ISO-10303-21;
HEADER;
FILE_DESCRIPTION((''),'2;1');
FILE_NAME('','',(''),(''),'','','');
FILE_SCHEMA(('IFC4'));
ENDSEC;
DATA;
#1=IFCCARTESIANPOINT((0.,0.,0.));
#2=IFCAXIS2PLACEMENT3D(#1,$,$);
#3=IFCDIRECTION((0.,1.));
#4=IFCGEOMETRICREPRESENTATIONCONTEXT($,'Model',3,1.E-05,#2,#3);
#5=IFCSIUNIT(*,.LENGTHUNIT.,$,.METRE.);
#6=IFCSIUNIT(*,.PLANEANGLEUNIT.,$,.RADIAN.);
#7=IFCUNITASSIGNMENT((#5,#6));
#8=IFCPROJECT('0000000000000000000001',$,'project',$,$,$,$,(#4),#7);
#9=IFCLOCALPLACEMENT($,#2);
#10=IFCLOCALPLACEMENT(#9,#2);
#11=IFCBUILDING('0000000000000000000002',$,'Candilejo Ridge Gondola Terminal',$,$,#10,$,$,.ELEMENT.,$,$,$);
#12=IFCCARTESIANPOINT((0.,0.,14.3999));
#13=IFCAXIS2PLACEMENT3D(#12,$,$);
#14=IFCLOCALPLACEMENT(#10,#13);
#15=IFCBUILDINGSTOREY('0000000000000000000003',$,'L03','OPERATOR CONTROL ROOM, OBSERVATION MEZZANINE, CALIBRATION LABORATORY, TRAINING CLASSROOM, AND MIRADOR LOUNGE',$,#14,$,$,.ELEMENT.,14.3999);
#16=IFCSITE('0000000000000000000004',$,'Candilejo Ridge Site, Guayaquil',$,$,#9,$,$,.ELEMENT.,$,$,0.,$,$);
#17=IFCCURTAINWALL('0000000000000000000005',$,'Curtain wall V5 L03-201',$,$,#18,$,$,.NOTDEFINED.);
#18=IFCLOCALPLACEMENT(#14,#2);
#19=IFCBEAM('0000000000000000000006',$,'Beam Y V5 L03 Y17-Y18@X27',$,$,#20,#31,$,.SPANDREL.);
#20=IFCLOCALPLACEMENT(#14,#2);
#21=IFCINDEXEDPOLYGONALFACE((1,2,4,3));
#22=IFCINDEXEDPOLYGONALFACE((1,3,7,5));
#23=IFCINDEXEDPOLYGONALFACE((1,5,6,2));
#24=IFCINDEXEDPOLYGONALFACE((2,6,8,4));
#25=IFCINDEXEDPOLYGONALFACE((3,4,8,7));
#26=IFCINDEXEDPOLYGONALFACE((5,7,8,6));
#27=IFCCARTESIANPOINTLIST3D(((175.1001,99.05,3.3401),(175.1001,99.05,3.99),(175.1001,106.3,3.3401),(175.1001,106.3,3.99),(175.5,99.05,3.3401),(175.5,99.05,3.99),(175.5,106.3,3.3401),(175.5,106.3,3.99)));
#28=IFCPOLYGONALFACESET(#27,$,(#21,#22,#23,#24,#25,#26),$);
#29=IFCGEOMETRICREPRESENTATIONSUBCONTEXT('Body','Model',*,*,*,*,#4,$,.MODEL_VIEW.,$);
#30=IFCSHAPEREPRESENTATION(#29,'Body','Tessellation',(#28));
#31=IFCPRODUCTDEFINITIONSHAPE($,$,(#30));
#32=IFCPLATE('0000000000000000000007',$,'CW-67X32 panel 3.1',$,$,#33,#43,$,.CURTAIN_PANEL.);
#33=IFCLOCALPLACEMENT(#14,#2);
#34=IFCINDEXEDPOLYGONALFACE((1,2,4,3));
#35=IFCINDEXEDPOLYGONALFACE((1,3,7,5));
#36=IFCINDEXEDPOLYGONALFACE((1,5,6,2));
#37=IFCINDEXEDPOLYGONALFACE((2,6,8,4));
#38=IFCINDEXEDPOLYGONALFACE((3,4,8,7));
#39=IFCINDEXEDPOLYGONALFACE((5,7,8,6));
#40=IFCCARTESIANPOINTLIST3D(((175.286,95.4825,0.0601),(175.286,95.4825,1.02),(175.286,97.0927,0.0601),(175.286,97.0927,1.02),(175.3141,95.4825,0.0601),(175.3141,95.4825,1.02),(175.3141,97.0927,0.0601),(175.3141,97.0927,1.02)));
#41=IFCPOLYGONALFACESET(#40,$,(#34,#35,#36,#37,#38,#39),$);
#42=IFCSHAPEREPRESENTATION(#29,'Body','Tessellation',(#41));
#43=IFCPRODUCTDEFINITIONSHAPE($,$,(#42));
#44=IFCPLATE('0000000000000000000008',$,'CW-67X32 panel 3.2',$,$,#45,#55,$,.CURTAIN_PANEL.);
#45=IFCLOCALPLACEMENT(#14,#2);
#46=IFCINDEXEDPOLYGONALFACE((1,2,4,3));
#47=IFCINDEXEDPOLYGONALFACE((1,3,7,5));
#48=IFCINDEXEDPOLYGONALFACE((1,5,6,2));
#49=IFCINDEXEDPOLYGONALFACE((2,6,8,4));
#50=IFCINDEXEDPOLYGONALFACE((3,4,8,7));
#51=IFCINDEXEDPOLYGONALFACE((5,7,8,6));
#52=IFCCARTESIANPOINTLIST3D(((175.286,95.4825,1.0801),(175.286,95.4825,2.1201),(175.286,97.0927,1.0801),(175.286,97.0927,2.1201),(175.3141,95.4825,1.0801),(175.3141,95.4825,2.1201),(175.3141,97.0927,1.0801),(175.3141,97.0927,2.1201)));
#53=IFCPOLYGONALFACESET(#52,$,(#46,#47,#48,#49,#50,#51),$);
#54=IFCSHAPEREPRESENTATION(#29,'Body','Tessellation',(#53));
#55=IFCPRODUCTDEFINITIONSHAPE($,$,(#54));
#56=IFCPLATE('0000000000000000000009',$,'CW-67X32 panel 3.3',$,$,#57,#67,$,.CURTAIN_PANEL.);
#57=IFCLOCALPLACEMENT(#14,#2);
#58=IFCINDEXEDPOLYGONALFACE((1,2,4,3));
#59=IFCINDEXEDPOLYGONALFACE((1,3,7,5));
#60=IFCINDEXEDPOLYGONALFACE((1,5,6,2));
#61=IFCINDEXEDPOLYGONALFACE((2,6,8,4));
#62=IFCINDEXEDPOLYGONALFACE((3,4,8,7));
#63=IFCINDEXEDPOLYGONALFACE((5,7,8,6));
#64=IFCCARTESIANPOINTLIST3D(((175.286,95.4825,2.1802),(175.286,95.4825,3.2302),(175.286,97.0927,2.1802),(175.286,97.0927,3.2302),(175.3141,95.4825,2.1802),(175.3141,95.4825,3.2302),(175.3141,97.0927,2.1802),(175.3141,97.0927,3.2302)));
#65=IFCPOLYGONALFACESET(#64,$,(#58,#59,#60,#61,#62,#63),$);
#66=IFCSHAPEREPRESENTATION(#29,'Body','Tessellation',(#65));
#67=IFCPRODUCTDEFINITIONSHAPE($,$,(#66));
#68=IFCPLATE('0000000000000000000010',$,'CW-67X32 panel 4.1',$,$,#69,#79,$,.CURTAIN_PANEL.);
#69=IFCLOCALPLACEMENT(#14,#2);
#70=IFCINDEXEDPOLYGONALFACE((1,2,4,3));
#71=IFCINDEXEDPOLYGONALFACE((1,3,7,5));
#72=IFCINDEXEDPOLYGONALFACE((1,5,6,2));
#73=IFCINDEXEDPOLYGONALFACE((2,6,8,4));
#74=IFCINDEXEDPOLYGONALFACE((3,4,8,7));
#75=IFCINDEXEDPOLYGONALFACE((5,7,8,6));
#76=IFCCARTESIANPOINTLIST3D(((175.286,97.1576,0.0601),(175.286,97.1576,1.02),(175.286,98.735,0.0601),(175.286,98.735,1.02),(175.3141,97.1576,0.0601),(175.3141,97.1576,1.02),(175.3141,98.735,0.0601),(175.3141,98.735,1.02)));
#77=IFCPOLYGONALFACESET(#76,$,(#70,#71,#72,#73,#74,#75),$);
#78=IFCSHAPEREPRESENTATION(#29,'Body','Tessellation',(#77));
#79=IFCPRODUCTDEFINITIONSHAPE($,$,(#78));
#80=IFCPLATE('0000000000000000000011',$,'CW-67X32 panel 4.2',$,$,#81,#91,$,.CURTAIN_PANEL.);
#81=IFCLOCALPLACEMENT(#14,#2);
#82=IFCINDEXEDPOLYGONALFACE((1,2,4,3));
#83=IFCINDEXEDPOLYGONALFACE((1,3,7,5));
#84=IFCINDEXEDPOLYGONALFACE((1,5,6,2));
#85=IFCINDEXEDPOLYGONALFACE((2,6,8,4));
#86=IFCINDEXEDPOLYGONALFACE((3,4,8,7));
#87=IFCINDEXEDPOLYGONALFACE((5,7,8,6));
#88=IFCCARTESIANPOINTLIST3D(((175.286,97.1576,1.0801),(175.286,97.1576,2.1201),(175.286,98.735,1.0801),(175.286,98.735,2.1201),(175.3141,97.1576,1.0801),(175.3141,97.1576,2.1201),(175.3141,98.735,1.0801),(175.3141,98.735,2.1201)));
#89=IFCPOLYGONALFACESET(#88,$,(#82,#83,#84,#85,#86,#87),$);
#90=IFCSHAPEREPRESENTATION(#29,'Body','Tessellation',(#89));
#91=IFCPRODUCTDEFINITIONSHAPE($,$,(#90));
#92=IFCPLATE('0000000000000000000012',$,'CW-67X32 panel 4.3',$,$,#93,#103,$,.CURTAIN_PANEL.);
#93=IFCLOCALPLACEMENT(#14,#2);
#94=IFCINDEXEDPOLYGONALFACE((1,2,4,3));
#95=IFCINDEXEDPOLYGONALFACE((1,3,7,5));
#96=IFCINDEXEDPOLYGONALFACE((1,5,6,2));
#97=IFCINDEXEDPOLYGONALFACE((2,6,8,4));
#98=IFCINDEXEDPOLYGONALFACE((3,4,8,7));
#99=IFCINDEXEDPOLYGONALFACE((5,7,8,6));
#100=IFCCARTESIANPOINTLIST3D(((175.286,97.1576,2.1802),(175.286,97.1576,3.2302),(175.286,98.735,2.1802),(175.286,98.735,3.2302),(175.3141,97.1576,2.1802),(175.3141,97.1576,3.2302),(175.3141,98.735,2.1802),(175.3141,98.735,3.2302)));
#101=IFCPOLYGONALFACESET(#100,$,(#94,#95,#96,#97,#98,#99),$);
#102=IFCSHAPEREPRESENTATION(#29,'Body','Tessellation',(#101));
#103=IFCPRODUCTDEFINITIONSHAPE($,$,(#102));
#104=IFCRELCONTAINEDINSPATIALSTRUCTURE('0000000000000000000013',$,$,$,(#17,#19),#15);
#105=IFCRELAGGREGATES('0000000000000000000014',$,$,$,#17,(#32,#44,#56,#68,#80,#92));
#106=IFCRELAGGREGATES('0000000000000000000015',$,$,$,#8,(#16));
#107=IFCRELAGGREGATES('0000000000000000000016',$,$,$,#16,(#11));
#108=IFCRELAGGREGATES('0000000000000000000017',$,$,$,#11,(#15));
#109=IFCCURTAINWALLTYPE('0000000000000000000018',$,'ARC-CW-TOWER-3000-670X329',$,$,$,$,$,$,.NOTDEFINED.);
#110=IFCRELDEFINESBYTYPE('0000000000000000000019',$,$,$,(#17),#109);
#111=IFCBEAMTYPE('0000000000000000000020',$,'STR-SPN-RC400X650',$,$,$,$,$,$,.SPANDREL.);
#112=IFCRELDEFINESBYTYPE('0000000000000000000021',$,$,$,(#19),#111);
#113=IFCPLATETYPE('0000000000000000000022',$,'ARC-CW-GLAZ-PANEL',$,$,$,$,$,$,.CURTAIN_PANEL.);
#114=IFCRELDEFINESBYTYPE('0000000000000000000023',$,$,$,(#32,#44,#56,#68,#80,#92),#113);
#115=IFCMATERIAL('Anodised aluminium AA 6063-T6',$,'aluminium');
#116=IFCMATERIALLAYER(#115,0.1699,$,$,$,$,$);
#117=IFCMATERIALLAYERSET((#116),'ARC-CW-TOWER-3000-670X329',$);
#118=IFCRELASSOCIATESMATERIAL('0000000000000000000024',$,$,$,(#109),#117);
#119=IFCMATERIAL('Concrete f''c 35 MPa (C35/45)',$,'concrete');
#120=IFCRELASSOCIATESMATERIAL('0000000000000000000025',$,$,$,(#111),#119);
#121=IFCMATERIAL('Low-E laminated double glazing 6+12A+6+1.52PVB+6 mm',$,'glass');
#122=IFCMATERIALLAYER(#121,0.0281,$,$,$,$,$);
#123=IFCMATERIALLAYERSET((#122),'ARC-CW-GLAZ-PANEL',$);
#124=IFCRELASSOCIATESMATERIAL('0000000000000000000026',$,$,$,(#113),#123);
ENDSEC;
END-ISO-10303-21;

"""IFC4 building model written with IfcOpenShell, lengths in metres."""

from ifc_helpers import new_model, si_unit, direction, frame, origin, origin_2d, place, context, subcontext, project, spatial, rectangle, extrude, material, layer, layer_set, material_profile, profile_set, type_object, element, aggregate, save


model = new_model("IFC4")

# Units and contexts
model_context = context("Model", 3, precision=1e-05, world=origin(), true_north=direction((0.0, 1.0)))
body_context = subcontext(model_context, "Body", "Model", "MODEL_VIEW")
ifc_project = project(units=[si_unit("LENGTHUNIT", "METRE"), si_unit("PLANEANGLEUNIT", "RADIAN")], contexts=[model_context])

# Site, building, storey
site_placement = place(None, origin())
site = spatial("IfcSite", under=ifc_project, at=site_placement, Name="Candilejo Ridge Site, Guayaquil", CompositionType="ELEMENT", RefElevation=0.0)
building_placement = place(site_placement, origin())
building = spatial("IfcBuilding", under=site, at=building_placement, Name="Candilejo Ridge Gondola Terminal", CompositionType="ELEMENT")
storey_placement = place(building_placement, frame((0.0, 0.0, 14.3999)))
storey = spatial("IfcBuildingStorey", under=building, at=storey_placement, Name="L03", Description="OPERATOR CONTROL ROOM, OBSERVATION MEZZANINE, CALIBRATION LABORATORY, TRAINING CLASSROOM, AND MIRADOR LOUNGE", CompositionType="ELEMENT", Elevation=14.3999)

# Curtain wall
ifc_material_1 = material(Name="Anodised aluminium AA 6063-T6", Category="aluminium")
ifc_layer_1 = layer(ifc_material_1, 0.1699)
ifc_layer_set_1 = layer_set([ifc_layer_1], Name="ARC-CW-TOWER-3000-670X329")
curtain_wall_type_1 = type_object("IfcCurtainWallType", Name="ARC-CW-TOWER-3000-670X329", PredefinedType="NOTDEFINED", material=ifc_layer_set_1)
curtain_wall_1_placement = place(storey_placement, origin())
curtain_wall_1 = element("IfcCurtainWall", 1, at=curtain_wall_1_placement, inside=storey, type_object=curtain_wall_type_1, Name="Curtain wall V5 L03-201", PredefinedType="NOTDEFINED")

# Beam
ifc_material_2 = material(Name="Concrete f'c 35 MPa (C35/45)", Category="concrete")
ifc_material_profile_1 = material_profile(ifc_material_2, rectangle(XDim=0.3999, YDim=0.6499, at=origin_2d()))
ifc_profile_set_1 = profile_set([ifc_material_profile_1], Name="Concrete f'c 35 MPa (C35/45)")
beam_type = type_object("IfcBeamType", Name="STR-SPN-RC400X650", PredefinedType="SPANDREL", material=ifc_profile_set_1)
beam_placement = place(storey_placement, frame((175.3, 99.05, 3.665), z_axis=(0.0, 1.0, 0.0), x_axis=(-1.0, 0.0, 0.0)))
element("IfcBeam", 2, at=beam_placement, inside=storey, type_object=beam_type, Name="Beam Y V5 L03 Y17-Y18@X27", PredefinedType="SPANDREL", context=body_context, shape_type="SweptSolid", body=[
    extrude(rectangle(XDim=0.3999, YDim=0.6499, at=origin_2d()), origin(), (0.0, 0.0, 1.0), 7.25),
])

# Plates
ifc_material_3 = material(Name="Low-E laminated double glazing 6+12A+6+1.52PVB+6 mm", Category="glass")
ifc_layer_2 = layer(ifc_material_3, 0.0281)
ifc_layer_set_2 = layer_set([ifc_layer_2], Name="ARC-CW-GLAZ-PANEL")
plate_type = type_object("IfcPlateType", Name="ARC-CW-GLAZ-PANEL", PredefinedType="CURTAIN_PANEL", material=ifc_layer_set_2)
plate_1_placement = place(storey_placement, frame((175.3, 96.2876, 0.0601), z_axis=(0.0, 0.0, 1.0), x_axis=(0.0, 1.0, 0.0)))
plate_1 = element("IfcPlate", 3, at=plate_1_placement, type_object=plate_type, Name="CW-67X32 panel 3.1", PredefinedType="CURTAIN_PANEL", context=body_context, shape_type="SweptSolid", body=[
    extrude(rectangle(XDim=1.6101, YDim=0.0281, at=origin_2d()), origin(), (0.0, 0.0, 1.0), 0.96),
])
plate_2_placement = place(storey_placement, frame((175.3, 96.2876, 1.0801), z_axis=(0.0, 0.0, 1.0), x_axis=(0.0, 1.0, 0.0)))
plate_2 = element("IfcPlate", 4, at=plate_2_placement, type_object=plate_type, Name="CW-67X32 panel 3.2", PredefinedType="CURTAIN_PANEL", context=body_context, shape_type="SweptSolid", body=[
    extrude(rectangle(XDim=1.6101, YDim=0.0281, at=origin_2d()), origin(), (0.0, 0.0, 1.0), 1.04),
])
plate_3_placement = place(storey_placement, frame((175.3, 96.2876, 2.1802), z_axis=(0.0, 0.0, 1.0), x_axis=(0.0, 1.0, 0.0)))
plate_3 = element("IfcPlate", 5, at=plate_3_placement, type_object=plate_type, Name="CW-67X32 panel 3.3", PredefinedType="CURTAIN_PANEL", context=body_context, shape_type="SweptSolid", body=[
    extrude(rectangle(XDim=1.6101, YDim=0.0281, at=origin_2d()), origin(), (0.0, 0.0, 1.0), 1.05),
])
plate_4_placement = place(storey_placement, frame((175.3, 97.9463, 0.0601), z_axis=(0.0, 0.0, 1.0), x_axis=(0.0, 1.0, 0.0)))
plate_4 = element("IfcPlate", 6, at=plate_4_placement, type_object=plate_type, Name="CW-67X32 panel 4.1", PredefinedType="CURTAIN_PANEL", context=body_context, shape_type="SweptSolid", body=[
    extrude(rectangle(XDim=1.5774, YDim=0.0281, at=origin_2d()), origin(), (0.0, 0.0, 1.0), 0.96),
])
plate_5_placement = place(storey_placement, frame((175.3, 97.9463, 1.0801), z_axis=(0.0, 0.0, 1.0), x_axis=(0.0, 1.0, 0.0)))
plate_5 = element("IfcPlate", 7, at=plate_5_placement, type_object=plate_type, Name="CW-67X32 panel 4.2", PredefinedType="CURTAIN_PANEL", context=body_context, shape_type="SweptSolid", body=[
    extrude(rectangle(XDim=1.5774, YDim=0.0281, at=origin_2d()), origin(), (0.0, 0.0, 1.0), 1.04),
])
plate_6_placement = place(storey_placement, frame((175.3, 97.9463, 2.1802), z_axis=(0.0, 0.0, 1.0), x_axis=(0.0, 1.0, 0.0)))
plate_6 = element("IfcPlate", 8, at=plate_6_placement, type_object=plate_type, Name="CW-67X32 panel 4.3", PredefinedType="CURTAIN_PANEL", context=body_context, shape_type="SweptSolid", body=[
    extrude(rectangle(XDim=1.5774, YDim=0.0281, at=origin_2d()), origin(), (0.0, 0.0, 1.0), 1.05),
])
aggregate(curtain_wall_1, [plate_1, plate_2, plate_3, plate_4, plate_5, plate_6])

save(model, "model.ifc")
